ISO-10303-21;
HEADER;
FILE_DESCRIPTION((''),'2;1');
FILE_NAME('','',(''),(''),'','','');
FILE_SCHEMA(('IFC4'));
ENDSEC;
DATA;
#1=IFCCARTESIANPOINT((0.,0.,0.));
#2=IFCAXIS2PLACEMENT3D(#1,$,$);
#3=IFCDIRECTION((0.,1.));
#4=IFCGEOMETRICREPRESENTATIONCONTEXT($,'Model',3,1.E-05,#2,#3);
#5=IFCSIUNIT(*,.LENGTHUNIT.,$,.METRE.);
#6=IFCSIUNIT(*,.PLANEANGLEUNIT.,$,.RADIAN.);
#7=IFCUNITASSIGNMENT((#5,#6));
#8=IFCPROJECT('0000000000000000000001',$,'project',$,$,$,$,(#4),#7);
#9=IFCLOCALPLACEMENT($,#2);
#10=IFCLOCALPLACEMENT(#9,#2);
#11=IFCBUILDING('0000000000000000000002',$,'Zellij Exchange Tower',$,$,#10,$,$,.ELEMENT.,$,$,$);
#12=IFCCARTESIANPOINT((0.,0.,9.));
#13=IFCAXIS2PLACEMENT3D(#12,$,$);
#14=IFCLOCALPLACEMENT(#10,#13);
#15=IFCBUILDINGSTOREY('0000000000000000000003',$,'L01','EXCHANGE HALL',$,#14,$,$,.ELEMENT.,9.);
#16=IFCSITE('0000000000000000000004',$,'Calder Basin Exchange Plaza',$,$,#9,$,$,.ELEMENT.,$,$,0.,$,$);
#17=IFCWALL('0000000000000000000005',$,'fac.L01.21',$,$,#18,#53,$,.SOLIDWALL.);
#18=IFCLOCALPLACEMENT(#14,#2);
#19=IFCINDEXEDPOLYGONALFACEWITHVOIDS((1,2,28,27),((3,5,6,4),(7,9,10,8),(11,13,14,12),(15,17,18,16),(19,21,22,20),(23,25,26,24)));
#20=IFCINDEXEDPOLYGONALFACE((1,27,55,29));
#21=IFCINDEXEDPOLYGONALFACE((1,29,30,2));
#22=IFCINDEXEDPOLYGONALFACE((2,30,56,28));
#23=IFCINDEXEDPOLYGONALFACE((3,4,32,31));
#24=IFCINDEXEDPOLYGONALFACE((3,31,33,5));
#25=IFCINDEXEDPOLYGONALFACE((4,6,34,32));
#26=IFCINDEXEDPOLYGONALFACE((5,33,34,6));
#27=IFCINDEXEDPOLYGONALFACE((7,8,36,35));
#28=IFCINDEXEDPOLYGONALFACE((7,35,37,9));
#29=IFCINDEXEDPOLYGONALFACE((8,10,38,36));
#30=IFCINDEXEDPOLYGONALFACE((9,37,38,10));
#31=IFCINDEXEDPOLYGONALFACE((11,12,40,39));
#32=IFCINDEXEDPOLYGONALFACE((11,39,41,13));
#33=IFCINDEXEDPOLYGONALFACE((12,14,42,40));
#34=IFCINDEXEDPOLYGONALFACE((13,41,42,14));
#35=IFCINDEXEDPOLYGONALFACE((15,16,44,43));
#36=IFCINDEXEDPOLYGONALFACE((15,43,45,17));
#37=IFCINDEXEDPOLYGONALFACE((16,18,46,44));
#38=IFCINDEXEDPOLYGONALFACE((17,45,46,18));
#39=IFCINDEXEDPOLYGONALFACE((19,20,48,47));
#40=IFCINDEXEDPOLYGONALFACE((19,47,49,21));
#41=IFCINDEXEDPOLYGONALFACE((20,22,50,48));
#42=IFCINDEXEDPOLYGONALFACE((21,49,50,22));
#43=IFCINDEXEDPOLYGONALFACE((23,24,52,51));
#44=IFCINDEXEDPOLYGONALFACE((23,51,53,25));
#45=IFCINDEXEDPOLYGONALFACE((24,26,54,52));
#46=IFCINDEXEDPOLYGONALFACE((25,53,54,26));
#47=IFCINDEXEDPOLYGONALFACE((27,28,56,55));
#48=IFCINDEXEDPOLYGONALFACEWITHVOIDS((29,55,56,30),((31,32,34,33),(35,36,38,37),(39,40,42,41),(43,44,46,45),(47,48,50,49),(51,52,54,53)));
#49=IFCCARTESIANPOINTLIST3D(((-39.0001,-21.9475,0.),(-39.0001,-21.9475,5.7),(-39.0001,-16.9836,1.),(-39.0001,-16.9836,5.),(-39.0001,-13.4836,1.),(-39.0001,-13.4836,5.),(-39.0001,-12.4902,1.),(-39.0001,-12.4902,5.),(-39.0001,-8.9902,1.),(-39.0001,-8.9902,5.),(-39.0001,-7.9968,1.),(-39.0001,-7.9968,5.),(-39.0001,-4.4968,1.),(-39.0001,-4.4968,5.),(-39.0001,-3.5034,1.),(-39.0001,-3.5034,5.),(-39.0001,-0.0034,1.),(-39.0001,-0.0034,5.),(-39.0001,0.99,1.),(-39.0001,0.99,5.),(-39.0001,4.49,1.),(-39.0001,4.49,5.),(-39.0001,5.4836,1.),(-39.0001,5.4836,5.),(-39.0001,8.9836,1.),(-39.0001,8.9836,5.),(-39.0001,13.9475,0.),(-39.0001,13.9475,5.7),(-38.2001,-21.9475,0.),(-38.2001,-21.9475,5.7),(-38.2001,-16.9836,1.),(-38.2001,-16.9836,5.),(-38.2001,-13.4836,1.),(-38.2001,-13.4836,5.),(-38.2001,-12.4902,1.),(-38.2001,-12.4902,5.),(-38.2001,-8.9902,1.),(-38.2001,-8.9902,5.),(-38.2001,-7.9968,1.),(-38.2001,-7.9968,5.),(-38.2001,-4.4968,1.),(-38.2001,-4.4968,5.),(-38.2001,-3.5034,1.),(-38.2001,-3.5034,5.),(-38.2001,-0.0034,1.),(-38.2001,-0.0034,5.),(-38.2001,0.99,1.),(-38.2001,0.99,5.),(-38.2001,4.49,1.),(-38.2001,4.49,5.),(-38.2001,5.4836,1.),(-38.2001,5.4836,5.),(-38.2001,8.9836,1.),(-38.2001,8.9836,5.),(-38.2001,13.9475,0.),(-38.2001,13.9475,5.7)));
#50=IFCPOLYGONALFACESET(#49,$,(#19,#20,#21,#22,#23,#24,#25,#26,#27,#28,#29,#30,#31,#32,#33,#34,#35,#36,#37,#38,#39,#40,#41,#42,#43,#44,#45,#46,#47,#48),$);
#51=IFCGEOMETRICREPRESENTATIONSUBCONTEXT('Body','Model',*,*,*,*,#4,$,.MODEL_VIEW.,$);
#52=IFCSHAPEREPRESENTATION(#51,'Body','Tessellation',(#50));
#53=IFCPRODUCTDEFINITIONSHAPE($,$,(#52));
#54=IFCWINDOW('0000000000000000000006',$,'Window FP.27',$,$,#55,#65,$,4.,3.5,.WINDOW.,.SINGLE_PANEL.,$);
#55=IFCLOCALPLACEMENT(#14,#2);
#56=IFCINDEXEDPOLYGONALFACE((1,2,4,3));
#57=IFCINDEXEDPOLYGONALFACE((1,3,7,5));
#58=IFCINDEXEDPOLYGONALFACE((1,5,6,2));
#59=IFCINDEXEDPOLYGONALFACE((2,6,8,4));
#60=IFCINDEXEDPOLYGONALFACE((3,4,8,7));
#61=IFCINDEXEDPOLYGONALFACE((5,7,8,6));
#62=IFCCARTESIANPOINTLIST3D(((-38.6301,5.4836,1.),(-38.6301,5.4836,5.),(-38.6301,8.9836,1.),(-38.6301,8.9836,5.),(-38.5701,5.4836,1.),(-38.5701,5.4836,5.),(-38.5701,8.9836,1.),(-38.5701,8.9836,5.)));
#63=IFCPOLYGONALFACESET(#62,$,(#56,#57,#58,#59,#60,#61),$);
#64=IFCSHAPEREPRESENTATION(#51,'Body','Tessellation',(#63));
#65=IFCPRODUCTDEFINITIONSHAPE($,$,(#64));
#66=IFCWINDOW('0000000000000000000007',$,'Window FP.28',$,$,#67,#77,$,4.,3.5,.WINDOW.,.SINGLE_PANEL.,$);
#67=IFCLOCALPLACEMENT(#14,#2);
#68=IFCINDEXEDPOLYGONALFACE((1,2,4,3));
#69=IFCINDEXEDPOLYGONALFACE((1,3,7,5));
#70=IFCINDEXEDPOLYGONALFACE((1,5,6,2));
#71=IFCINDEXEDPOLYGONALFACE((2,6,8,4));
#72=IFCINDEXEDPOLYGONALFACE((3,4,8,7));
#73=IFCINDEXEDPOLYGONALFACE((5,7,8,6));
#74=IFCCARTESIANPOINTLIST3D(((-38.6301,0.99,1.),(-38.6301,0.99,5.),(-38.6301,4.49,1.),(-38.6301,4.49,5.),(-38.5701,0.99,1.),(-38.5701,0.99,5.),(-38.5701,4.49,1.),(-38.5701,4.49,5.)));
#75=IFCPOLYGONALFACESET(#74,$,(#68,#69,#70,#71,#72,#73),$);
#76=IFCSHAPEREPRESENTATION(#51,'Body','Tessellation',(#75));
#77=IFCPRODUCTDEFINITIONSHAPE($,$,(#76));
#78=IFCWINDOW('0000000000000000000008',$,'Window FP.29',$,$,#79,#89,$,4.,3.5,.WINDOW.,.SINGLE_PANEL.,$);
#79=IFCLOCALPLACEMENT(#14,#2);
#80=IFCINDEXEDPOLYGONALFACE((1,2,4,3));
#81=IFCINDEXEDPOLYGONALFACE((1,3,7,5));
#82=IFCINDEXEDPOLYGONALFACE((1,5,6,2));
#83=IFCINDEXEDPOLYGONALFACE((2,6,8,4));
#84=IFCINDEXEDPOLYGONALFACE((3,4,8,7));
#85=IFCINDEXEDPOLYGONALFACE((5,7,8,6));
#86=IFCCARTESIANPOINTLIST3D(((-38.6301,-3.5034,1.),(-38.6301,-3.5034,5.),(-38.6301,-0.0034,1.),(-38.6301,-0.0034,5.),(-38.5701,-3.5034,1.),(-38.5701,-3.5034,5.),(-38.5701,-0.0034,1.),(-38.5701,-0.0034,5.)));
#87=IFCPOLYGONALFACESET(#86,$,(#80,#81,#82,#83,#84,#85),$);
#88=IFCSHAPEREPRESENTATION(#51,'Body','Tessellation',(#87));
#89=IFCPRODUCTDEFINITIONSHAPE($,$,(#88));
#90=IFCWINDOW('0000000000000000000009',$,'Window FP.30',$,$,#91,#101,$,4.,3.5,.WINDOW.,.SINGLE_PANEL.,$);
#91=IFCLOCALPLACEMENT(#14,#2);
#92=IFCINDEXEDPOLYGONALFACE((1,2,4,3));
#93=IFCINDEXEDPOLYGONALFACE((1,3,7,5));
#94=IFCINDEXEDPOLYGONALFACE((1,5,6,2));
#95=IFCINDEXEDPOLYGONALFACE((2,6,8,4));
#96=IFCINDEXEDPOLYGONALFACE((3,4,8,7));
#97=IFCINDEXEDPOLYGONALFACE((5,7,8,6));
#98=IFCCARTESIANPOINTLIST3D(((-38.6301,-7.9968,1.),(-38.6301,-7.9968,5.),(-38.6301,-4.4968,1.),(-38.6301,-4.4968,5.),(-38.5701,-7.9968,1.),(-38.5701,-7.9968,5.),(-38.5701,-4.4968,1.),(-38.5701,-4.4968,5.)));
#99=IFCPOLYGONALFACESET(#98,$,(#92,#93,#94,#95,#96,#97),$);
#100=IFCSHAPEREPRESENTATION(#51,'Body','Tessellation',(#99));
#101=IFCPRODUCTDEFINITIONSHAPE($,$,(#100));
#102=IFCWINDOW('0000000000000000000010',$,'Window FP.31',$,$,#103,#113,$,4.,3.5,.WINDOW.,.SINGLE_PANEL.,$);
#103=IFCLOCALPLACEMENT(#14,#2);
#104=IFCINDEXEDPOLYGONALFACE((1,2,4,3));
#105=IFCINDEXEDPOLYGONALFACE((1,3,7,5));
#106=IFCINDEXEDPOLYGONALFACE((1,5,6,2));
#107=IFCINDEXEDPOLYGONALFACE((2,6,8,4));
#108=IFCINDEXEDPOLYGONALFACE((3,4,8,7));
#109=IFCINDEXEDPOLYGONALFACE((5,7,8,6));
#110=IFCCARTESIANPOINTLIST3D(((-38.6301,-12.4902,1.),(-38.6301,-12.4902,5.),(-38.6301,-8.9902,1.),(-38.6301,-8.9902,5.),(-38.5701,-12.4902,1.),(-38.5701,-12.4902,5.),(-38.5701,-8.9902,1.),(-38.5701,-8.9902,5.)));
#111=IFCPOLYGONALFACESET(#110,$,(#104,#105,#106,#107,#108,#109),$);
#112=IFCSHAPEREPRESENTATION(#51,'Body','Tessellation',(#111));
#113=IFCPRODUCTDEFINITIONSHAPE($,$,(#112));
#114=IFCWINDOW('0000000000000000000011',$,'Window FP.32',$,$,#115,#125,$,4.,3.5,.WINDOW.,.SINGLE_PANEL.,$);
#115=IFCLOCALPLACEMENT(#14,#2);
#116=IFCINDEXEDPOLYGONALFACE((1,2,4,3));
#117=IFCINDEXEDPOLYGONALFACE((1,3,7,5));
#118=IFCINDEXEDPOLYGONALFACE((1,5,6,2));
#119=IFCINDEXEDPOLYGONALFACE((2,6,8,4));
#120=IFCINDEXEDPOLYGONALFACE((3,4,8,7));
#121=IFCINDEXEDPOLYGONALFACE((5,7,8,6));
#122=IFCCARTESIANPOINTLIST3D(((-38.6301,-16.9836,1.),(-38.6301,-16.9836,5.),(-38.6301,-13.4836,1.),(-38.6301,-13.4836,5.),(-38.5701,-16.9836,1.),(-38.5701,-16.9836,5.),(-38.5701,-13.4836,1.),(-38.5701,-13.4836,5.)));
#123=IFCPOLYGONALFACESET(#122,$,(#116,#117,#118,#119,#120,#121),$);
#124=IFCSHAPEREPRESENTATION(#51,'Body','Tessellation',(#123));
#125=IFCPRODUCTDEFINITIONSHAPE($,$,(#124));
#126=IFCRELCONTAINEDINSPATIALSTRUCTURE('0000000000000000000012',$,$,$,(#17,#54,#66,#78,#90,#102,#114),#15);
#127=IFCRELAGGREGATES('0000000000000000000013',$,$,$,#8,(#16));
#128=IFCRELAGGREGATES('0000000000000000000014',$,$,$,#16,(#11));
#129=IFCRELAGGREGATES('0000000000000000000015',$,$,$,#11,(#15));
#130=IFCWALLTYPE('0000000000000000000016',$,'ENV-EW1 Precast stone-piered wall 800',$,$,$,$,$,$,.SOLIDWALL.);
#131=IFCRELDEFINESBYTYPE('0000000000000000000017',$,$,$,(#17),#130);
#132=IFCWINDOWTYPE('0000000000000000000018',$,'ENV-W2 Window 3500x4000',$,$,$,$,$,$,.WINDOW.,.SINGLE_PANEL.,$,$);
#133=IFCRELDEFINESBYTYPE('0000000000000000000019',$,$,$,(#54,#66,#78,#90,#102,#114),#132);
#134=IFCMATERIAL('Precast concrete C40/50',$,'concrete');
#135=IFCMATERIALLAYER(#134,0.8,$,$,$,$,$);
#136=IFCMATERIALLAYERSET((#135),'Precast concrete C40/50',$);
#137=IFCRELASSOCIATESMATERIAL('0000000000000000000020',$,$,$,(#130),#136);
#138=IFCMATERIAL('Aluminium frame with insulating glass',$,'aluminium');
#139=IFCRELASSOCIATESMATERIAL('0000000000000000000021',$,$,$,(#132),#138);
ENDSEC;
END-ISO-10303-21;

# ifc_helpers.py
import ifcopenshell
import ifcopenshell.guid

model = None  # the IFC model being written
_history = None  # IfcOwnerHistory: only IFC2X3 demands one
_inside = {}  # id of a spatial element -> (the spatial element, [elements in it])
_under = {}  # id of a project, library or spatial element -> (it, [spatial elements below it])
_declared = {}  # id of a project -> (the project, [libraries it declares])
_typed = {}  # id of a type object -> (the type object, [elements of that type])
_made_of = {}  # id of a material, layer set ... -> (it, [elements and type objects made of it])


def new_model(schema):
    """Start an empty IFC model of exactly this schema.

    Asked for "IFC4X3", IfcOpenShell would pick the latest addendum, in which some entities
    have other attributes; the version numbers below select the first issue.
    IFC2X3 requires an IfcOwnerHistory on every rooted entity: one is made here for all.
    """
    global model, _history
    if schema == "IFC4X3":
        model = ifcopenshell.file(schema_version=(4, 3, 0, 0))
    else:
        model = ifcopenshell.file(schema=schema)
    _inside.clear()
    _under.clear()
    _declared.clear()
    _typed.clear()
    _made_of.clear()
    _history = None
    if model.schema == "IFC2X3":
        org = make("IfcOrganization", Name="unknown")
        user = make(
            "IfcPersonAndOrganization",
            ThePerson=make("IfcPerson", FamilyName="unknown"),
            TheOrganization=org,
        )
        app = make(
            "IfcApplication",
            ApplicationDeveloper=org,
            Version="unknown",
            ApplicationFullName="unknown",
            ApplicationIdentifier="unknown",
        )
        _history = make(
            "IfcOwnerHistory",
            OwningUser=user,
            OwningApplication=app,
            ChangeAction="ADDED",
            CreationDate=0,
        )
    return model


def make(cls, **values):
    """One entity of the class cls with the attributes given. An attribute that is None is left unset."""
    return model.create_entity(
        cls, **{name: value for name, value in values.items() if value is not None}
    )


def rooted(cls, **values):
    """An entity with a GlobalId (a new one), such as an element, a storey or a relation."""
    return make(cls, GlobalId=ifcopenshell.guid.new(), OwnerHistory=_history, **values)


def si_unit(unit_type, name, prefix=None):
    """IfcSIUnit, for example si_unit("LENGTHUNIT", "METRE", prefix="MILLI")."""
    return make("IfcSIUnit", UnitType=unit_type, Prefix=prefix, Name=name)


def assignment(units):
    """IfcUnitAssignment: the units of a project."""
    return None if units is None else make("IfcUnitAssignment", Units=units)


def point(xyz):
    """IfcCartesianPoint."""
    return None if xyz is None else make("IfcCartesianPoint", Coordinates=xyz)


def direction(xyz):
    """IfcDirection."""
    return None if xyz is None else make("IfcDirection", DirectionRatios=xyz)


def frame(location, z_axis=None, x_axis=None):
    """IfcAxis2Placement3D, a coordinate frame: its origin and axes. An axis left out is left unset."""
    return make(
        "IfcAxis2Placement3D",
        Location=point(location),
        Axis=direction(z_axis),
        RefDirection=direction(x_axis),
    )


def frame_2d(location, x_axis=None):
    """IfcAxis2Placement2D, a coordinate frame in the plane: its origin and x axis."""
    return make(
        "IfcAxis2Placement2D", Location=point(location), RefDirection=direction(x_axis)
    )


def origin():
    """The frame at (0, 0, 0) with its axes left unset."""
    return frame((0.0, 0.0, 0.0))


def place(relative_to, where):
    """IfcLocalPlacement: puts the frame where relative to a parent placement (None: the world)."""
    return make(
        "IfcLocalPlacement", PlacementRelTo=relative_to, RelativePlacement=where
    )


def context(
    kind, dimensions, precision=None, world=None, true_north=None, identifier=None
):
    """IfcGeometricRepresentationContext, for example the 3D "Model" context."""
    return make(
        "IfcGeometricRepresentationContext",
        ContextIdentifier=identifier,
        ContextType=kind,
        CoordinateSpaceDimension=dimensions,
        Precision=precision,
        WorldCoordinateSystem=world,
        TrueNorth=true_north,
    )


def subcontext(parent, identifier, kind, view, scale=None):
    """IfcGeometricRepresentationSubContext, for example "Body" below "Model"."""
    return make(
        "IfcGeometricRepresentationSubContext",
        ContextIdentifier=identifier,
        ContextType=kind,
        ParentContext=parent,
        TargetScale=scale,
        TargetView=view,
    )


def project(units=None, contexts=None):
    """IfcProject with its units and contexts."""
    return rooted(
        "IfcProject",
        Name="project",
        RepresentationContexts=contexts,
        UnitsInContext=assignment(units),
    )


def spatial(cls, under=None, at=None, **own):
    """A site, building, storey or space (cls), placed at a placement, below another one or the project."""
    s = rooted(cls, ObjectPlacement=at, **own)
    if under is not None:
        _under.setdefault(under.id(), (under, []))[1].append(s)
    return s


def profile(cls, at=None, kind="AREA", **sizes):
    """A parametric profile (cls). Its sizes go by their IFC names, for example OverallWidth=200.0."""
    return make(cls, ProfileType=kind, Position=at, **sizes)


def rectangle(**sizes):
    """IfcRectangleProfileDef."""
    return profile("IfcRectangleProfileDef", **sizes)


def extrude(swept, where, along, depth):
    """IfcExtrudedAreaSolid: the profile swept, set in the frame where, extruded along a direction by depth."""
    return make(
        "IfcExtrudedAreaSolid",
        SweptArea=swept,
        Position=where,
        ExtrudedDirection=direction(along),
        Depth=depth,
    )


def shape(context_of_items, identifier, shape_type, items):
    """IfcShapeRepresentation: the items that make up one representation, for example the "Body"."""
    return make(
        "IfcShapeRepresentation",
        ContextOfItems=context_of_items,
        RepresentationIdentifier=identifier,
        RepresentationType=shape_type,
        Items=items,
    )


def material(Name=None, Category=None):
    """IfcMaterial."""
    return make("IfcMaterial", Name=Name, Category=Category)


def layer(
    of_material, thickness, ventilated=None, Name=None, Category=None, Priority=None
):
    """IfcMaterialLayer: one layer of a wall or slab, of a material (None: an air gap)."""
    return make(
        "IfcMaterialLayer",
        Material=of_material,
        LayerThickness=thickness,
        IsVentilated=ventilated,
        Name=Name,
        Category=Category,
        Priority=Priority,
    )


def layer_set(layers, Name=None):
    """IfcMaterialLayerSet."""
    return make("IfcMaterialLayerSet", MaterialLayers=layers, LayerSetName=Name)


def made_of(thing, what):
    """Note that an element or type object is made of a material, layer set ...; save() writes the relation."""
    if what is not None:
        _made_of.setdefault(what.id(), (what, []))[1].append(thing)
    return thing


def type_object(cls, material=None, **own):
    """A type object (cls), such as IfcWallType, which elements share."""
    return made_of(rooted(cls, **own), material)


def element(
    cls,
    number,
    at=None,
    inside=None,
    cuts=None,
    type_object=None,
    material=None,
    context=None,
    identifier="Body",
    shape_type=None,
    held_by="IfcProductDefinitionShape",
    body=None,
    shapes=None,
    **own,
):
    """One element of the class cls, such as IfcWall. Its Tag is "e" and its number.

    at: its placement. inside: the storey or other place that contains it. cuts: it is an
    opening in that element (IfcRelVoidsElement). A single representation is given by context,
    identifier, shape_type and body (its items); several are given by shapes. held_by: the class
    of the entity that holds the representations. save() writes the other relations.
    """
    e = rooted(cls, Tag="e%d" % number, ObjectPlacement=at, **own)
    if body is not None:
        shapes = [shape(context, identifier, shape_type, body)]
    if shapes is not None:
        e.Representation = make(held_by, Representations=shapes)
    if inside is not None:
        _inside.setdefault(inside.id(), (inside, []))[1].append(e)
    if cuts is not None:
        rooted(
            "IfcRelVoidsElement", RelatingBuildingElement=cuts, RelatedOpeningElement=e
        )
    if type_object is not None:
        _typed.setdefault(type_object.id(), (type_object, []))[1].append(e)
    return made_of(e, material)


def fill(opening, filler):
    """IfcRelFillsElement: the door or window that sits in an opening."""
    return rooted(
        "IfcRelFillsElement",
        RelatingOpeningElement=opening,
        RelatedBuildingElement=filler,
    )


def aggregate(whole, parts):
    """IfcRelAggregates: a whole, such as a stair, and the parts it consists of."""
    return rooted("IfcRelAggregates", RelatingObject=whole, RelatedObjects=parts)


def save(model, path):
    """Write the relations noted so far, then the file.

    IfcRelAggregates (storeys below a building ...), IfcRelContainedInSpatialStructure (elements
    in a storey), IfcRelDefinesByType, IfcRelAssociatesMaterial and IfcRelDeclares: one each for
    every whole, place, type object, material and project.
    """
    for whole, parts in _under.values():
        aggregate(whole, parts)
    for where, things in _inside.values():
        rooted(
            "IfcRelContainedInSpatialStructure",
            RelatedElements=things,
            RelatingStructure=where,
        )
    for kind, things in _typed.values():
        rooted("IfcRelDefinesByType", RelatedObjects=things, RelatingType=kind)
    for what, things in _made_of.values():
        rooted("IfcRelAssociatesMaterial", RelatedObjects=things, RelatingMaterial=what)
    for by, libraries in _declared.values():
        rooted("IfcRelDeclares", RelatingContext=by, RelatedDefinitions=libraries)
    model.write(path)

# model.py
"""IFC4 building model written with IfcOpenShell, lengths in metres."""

from ifc_helpers import new_model, si_unit, direction, frame, frame_2d, origin, place, context, subcontext, project, spatial, rectangle, extrude, material, layer, layer_set, type_object, element, fill, save


model = new_model("IFC4")

# Units and contexts
model_context = context("Model", 3, precision=1e-05, world=origin(), true_north=direction((0.0, 1.0)))
body_context = subcontext(model_context, "Body", "Model", "MODEL_VIEW")
ifc_project = project(units=[si_unit("LENGTHUNIT", "METRE"), si_unit("PLANEANGLEUNIT", "RADIAN")], contexts=[model_context])

# Site, building, storey
site_placement = place(None, origin())
site = spatial("IfcSite", under=ifc_project, at=site_placement, Name="Calder Basin Exchange Plaza", CompositionType="ELEMENT", RefElevation=0.0)
building_placement = place(site_placement, origin())
building = spatial("IfcBuilding", under=site, at=building_placement, Name="Zellij Exchange Tower", CompositionType="ELEMENT")
storey_placement = place(building_placement, frame((0.0, 0.0, 9.0)))
storey = spatial("IfcBuildingStorey", under=building, at=storey_placement, Name="L01", Description="EXCHANGE HALL", CompositionType="ELEMENT", Elevation=9.0)

# Shared definitions
ifc_material_1 = material(Name="Precast concrete C40/50", Category="concrete")
ifc_layer_1 = layer(ifc_material_1, 0.8)
ifc_layer_set_1 = layer_set([ifc_layer_1], Name="Precast concrete C40/50")
wall_type = type_object("IfcWallType", Name="ENV-EW1 Precast stone-piered wall 800", PredefinedType="SOLIDWALL", material=ifc_layer_set_1)

# Wall, openings, windows
wall_1_placement = place(storey_placement, frame((-38.6001, 13.9475, 0.0), z_axis=(0.0, 0.0, 1.0), x_axis=(0.0, -1.0, 0.0)))
wall_1 = element("IfcWall", 1, at=wall_1_placement, inside=storey, type_object=wall_type, Name="fac.L01.21", PredefinedType="SOLIDWALL", context=body_context, shape_type="SweptSolid", body=[
    extrude(rectangle(XDim=35.895, YDim=0.8, at=frame_2d((17.9475, 0.0))), origin(), (0.0, 0.0, 1.0), 5.7),
])
opening_1_placement = place(wall_1_placement, frame((4.9639, 0.0, 1.0)))
opening_1 = element("IfcOpeningElement", 2, at=opening_1_placement, cuts=wall_1, PredefinedType="OPENING", context=body_context, shape_type="SweptSolid", body=[
    extrude(rectangle(XDim=3.5, YDim=4.0, at=frame_2d((1.75, 2.0))), frame((0.0, 0.4121, 0.0), z_axis=(0.0, -1.0, 0.0), x_axis=(1.0, 0.0, 0.0)), (0.0, 0.0, 1.0), 0.824),
])
opening_2_placement = place(wall_1_placement, frame((9.4575, 0.0, 1.0)))
opening_2 = element("IfcOpeningElement", 3, at=opening_2_placement, cuts=wall_1, PredefinedType="OPENING", context=body_context, shape_type="SweptSolid", body=[
    extrude(rectangle(XDim=3.5, YDim=4.0, at=frame_2d((1.75, 2.0))), frame((0.0, 0.4121, 0.0), z_axis=(0.0, -1.0, 0.0), x_axis=(1.0, 0.0, 0.0)), (0.0, 0.0, 1.0), 0.824),
])
opening_3_placement = place(wall_1_placement, frame((13.9509, 0.0, 1.0)))
opening_3 = element("IfcOpeningElement", 4, at=opening_3_placement, cuts=wall_1, PredefinedType="OPENING", context=body_context, shape_type="SweptSolid", body=[
    extrude(rectangle(XDim=3.5, YDim=4.0, at=frame_2d((1.75, 2.0))), frame((0.0, 0.4121, 0.0), z_axis=(0.0, -1.0, 0.0), x_axis=(1.0, 0.0, 0.0)), (0.0, 0.0, 1.0), 0.824),
])
opening_4_placement = place(wall_1_placement, frame((18.4443, 0.0, 1.0)))
opening_4 = element("IfcOpeningElement", 5, at=opening_4_placement, cuts=wall_1, PredefinedType="OPENING", context=body_context, shape_type="SweptSolid", body=[
    extrude(rectangle(XDim=3.5, YDim=4.0, at=frame_2d((1.75, 2.0))), frame((0.0, 0.4121, 0.0), z_axis=(0.0, -1.0, 0.0), x_axis=(1.0, 0.0, 0.0)), (0.0, 0.0, 1.0), 0.824),
])
opening_5_placement = place(wall_1_placement, frame((22.9377, 0.0, 1.0)))
opening_5 = element("IfcOpeningElement", 6, at=opening_5_placement, cuts=wall_1, PredefinedType="OPENING", context=body_context, shape_type="SweptSolid", body=[
    extrude(rectangle(XDim=3.5, YDim=4.0, at=frame_2d((1.75, 2.0))), frame((0.0, 0.4121, 0.0), z_axis=(0.0, -1.0, 0.0), x_axis=(1.0, 0.0, 0.0)), (0.0, 0.0, 1.0), 0.824),
])
opening_6_placement = place(wall_1_placement, frame((27.4312, 0.0, 1.0)))
opening_6 = element("IfcOpeningElement", 7, at=opening_6_placement, cuts=wall_1, PredefinedType="OPENING", context=body_context, shape_type="SweptSolid", body=[
    extrude(rectangle(XDim=3.5, YDim=4.0, at=frame_2d((1.75, 2.0))), frame((0.0, 0.4121, 0.0), z_axis=(0.0, -1.0, 0.0), x_axis=(1.0, 0.0, 0.0)), (0.0, 0.0, 1.0), 0.824),
])
ifc_material_2 = material(Name="Aluminium frame with insulating glass", Category="aluminium")
window_type = type_object("IfcWindowType", Name="ENV-W2 Window 3500x4000", PartitioningType="SINGLE_PANEL", PredefinedType="WINDOW", material=ifc_material_2)
window_1_placement = place(opening_1_placement, origin())
window_1 = element("IfcWindow", 8, at=window_1_placement, inside=storey, type_object=window_type, Name="Window FP.27", OverallHeight=4.0, OverallWidth=3.5, PartitioningType="SINGLE_PANEL", PredefinedType="WINDOW", context=body_context, shape_type="SweptSolid", body=[
    extrude(rectangle(XDim=3.5, YDim=4.0, at=frame_2d((1.75, 2.0))), frame((0.0, 0.03, 0.0), z_axis=(0.0, -1.0, 0.0), x_axis=(1.0, 0.0, 0.0)), (0.0, 0.0, 1.0), 0.0601),
])
fill(opening_1, window_1)
window_2_placement = place(opening_2_placement, origin())
window_2 = element("IfcWindow", 9, at=window_2_placement, inside=storey, type_object=window_type, Name="Window FP.28", OverallHeight=4.0, OverallWidth=3.5, PartitioningType="SINGLE_PANEL", PredefinedType="WINDOW", context=body_context, shape_type="SweptSolid", body=[
    extrude(rectangle(XDim=3.5, YDim=4.0, at=frame_2d((1.75, 2.0))), frame((0.0, 0.03, 0.0), z_axis=(0.0, -1.0, 0.0), x_axis=(1.0, 0.0, 0.0)), (0.0, 0.0, 1.0), 0.0601),
])
fill(opening_2, window_2)
window_3_placement = place(opening_3_placement, origin())
window_3 = element("IfcWindow", 10, at=window_3_placement, inside=storey, type_object=window_type, Name="Window FP.29", OverallHeight=4.0, OverallWidth=3.5, PartitioningType="SINGLE_PANEL", PredefinedType="WINDOW", context=body_context, shape_type="SweptSolid", body=[
    extrude(rectangle(XDim=3.5, YDim=4.0, at=frame_2d((1.75, 2.0))), frame((0.0, 0.03, 0.0), z_axis=(0.0, -1.0, 0.0), x_axis=(1.0, 0.0, 0.0)), (0.0, 0.0, 1.0), 0.0601),
])
fill(opening_3, window_3)
window_4_placement = place(opening_4_placement, origin())
window_4 = element("IfcWindow", 11, at=window_4_placement, inside=storey, type_object=window_type, Name="Window FP.30", OverallHeight=4.0, OverallWidth=3.5, PartitioningType="SINGLE_PANEL", PredefinedType="WINDOW", context=body_context, shape_type="SweptSolid", body=[
    extrude(rectangle(XDim=3.5, YDim=4.0, at=frame_2d((1.75, 2.0))), frame((0.0, 0.03, 0.0), z_axis=(0.0, -1.0, 0.0), x_axis=(1.0, 0.0, 0.0)), (0.0, 0.0, 1.0), 0.0601),
])
fill(opening_4, window_4)
window_5_placement = place(opening_5_placement, origin())
window_5 = element("IfcWindow", 12, at=window_5_placement, inside=storey, type_object=window_type, Name="Window FP.31", OverallHeight=4.0, OverallWidth=3.5, PartitioningType="SINGLE_PANEL", PredefinedType="WINDOW", context=body_context, shape_type="SweptSolid", body=[
    extrude(rectangle(XDim=3.5, YDim=4.0, at=frame_2d((1.75, 2.0))), frame((0.0, 0.03, 0.0), z_axis=(0.0, -1.0, 0.0), x_axis=(1.0, 0.0, 0.0)), (0.0, 0.0, 1.0), 0.0601),
])
fill(opening_5, window_5)
window_6_placement = place(opening_6_placement, origin())
window_6 = element("IfcWindow", 13, at=window_6_placement, inside=storey, type_object=window_type, Name="Window FP.32", OverallHeight=4.0, OverallWidth=3.5, PartitioningType="SINGLE_PANEL", PredefinedType="WINDOW", context=body_context, shape_type="SweptSolid", body=[
    extrude(rectangle(XDim=3.5, YDim=4.0, at=frame_2d((1.75, 2.0))), frame((0.0, 0.03, 0.0), z_axis=(0.0, -1.0, 0.0), x_axis=(1.0, 0.0, 0.0)), (0.0, 0.0, 1.0), 0.0601),
])
fill(opening_6, window_6)

save(model, "model.ifc")
